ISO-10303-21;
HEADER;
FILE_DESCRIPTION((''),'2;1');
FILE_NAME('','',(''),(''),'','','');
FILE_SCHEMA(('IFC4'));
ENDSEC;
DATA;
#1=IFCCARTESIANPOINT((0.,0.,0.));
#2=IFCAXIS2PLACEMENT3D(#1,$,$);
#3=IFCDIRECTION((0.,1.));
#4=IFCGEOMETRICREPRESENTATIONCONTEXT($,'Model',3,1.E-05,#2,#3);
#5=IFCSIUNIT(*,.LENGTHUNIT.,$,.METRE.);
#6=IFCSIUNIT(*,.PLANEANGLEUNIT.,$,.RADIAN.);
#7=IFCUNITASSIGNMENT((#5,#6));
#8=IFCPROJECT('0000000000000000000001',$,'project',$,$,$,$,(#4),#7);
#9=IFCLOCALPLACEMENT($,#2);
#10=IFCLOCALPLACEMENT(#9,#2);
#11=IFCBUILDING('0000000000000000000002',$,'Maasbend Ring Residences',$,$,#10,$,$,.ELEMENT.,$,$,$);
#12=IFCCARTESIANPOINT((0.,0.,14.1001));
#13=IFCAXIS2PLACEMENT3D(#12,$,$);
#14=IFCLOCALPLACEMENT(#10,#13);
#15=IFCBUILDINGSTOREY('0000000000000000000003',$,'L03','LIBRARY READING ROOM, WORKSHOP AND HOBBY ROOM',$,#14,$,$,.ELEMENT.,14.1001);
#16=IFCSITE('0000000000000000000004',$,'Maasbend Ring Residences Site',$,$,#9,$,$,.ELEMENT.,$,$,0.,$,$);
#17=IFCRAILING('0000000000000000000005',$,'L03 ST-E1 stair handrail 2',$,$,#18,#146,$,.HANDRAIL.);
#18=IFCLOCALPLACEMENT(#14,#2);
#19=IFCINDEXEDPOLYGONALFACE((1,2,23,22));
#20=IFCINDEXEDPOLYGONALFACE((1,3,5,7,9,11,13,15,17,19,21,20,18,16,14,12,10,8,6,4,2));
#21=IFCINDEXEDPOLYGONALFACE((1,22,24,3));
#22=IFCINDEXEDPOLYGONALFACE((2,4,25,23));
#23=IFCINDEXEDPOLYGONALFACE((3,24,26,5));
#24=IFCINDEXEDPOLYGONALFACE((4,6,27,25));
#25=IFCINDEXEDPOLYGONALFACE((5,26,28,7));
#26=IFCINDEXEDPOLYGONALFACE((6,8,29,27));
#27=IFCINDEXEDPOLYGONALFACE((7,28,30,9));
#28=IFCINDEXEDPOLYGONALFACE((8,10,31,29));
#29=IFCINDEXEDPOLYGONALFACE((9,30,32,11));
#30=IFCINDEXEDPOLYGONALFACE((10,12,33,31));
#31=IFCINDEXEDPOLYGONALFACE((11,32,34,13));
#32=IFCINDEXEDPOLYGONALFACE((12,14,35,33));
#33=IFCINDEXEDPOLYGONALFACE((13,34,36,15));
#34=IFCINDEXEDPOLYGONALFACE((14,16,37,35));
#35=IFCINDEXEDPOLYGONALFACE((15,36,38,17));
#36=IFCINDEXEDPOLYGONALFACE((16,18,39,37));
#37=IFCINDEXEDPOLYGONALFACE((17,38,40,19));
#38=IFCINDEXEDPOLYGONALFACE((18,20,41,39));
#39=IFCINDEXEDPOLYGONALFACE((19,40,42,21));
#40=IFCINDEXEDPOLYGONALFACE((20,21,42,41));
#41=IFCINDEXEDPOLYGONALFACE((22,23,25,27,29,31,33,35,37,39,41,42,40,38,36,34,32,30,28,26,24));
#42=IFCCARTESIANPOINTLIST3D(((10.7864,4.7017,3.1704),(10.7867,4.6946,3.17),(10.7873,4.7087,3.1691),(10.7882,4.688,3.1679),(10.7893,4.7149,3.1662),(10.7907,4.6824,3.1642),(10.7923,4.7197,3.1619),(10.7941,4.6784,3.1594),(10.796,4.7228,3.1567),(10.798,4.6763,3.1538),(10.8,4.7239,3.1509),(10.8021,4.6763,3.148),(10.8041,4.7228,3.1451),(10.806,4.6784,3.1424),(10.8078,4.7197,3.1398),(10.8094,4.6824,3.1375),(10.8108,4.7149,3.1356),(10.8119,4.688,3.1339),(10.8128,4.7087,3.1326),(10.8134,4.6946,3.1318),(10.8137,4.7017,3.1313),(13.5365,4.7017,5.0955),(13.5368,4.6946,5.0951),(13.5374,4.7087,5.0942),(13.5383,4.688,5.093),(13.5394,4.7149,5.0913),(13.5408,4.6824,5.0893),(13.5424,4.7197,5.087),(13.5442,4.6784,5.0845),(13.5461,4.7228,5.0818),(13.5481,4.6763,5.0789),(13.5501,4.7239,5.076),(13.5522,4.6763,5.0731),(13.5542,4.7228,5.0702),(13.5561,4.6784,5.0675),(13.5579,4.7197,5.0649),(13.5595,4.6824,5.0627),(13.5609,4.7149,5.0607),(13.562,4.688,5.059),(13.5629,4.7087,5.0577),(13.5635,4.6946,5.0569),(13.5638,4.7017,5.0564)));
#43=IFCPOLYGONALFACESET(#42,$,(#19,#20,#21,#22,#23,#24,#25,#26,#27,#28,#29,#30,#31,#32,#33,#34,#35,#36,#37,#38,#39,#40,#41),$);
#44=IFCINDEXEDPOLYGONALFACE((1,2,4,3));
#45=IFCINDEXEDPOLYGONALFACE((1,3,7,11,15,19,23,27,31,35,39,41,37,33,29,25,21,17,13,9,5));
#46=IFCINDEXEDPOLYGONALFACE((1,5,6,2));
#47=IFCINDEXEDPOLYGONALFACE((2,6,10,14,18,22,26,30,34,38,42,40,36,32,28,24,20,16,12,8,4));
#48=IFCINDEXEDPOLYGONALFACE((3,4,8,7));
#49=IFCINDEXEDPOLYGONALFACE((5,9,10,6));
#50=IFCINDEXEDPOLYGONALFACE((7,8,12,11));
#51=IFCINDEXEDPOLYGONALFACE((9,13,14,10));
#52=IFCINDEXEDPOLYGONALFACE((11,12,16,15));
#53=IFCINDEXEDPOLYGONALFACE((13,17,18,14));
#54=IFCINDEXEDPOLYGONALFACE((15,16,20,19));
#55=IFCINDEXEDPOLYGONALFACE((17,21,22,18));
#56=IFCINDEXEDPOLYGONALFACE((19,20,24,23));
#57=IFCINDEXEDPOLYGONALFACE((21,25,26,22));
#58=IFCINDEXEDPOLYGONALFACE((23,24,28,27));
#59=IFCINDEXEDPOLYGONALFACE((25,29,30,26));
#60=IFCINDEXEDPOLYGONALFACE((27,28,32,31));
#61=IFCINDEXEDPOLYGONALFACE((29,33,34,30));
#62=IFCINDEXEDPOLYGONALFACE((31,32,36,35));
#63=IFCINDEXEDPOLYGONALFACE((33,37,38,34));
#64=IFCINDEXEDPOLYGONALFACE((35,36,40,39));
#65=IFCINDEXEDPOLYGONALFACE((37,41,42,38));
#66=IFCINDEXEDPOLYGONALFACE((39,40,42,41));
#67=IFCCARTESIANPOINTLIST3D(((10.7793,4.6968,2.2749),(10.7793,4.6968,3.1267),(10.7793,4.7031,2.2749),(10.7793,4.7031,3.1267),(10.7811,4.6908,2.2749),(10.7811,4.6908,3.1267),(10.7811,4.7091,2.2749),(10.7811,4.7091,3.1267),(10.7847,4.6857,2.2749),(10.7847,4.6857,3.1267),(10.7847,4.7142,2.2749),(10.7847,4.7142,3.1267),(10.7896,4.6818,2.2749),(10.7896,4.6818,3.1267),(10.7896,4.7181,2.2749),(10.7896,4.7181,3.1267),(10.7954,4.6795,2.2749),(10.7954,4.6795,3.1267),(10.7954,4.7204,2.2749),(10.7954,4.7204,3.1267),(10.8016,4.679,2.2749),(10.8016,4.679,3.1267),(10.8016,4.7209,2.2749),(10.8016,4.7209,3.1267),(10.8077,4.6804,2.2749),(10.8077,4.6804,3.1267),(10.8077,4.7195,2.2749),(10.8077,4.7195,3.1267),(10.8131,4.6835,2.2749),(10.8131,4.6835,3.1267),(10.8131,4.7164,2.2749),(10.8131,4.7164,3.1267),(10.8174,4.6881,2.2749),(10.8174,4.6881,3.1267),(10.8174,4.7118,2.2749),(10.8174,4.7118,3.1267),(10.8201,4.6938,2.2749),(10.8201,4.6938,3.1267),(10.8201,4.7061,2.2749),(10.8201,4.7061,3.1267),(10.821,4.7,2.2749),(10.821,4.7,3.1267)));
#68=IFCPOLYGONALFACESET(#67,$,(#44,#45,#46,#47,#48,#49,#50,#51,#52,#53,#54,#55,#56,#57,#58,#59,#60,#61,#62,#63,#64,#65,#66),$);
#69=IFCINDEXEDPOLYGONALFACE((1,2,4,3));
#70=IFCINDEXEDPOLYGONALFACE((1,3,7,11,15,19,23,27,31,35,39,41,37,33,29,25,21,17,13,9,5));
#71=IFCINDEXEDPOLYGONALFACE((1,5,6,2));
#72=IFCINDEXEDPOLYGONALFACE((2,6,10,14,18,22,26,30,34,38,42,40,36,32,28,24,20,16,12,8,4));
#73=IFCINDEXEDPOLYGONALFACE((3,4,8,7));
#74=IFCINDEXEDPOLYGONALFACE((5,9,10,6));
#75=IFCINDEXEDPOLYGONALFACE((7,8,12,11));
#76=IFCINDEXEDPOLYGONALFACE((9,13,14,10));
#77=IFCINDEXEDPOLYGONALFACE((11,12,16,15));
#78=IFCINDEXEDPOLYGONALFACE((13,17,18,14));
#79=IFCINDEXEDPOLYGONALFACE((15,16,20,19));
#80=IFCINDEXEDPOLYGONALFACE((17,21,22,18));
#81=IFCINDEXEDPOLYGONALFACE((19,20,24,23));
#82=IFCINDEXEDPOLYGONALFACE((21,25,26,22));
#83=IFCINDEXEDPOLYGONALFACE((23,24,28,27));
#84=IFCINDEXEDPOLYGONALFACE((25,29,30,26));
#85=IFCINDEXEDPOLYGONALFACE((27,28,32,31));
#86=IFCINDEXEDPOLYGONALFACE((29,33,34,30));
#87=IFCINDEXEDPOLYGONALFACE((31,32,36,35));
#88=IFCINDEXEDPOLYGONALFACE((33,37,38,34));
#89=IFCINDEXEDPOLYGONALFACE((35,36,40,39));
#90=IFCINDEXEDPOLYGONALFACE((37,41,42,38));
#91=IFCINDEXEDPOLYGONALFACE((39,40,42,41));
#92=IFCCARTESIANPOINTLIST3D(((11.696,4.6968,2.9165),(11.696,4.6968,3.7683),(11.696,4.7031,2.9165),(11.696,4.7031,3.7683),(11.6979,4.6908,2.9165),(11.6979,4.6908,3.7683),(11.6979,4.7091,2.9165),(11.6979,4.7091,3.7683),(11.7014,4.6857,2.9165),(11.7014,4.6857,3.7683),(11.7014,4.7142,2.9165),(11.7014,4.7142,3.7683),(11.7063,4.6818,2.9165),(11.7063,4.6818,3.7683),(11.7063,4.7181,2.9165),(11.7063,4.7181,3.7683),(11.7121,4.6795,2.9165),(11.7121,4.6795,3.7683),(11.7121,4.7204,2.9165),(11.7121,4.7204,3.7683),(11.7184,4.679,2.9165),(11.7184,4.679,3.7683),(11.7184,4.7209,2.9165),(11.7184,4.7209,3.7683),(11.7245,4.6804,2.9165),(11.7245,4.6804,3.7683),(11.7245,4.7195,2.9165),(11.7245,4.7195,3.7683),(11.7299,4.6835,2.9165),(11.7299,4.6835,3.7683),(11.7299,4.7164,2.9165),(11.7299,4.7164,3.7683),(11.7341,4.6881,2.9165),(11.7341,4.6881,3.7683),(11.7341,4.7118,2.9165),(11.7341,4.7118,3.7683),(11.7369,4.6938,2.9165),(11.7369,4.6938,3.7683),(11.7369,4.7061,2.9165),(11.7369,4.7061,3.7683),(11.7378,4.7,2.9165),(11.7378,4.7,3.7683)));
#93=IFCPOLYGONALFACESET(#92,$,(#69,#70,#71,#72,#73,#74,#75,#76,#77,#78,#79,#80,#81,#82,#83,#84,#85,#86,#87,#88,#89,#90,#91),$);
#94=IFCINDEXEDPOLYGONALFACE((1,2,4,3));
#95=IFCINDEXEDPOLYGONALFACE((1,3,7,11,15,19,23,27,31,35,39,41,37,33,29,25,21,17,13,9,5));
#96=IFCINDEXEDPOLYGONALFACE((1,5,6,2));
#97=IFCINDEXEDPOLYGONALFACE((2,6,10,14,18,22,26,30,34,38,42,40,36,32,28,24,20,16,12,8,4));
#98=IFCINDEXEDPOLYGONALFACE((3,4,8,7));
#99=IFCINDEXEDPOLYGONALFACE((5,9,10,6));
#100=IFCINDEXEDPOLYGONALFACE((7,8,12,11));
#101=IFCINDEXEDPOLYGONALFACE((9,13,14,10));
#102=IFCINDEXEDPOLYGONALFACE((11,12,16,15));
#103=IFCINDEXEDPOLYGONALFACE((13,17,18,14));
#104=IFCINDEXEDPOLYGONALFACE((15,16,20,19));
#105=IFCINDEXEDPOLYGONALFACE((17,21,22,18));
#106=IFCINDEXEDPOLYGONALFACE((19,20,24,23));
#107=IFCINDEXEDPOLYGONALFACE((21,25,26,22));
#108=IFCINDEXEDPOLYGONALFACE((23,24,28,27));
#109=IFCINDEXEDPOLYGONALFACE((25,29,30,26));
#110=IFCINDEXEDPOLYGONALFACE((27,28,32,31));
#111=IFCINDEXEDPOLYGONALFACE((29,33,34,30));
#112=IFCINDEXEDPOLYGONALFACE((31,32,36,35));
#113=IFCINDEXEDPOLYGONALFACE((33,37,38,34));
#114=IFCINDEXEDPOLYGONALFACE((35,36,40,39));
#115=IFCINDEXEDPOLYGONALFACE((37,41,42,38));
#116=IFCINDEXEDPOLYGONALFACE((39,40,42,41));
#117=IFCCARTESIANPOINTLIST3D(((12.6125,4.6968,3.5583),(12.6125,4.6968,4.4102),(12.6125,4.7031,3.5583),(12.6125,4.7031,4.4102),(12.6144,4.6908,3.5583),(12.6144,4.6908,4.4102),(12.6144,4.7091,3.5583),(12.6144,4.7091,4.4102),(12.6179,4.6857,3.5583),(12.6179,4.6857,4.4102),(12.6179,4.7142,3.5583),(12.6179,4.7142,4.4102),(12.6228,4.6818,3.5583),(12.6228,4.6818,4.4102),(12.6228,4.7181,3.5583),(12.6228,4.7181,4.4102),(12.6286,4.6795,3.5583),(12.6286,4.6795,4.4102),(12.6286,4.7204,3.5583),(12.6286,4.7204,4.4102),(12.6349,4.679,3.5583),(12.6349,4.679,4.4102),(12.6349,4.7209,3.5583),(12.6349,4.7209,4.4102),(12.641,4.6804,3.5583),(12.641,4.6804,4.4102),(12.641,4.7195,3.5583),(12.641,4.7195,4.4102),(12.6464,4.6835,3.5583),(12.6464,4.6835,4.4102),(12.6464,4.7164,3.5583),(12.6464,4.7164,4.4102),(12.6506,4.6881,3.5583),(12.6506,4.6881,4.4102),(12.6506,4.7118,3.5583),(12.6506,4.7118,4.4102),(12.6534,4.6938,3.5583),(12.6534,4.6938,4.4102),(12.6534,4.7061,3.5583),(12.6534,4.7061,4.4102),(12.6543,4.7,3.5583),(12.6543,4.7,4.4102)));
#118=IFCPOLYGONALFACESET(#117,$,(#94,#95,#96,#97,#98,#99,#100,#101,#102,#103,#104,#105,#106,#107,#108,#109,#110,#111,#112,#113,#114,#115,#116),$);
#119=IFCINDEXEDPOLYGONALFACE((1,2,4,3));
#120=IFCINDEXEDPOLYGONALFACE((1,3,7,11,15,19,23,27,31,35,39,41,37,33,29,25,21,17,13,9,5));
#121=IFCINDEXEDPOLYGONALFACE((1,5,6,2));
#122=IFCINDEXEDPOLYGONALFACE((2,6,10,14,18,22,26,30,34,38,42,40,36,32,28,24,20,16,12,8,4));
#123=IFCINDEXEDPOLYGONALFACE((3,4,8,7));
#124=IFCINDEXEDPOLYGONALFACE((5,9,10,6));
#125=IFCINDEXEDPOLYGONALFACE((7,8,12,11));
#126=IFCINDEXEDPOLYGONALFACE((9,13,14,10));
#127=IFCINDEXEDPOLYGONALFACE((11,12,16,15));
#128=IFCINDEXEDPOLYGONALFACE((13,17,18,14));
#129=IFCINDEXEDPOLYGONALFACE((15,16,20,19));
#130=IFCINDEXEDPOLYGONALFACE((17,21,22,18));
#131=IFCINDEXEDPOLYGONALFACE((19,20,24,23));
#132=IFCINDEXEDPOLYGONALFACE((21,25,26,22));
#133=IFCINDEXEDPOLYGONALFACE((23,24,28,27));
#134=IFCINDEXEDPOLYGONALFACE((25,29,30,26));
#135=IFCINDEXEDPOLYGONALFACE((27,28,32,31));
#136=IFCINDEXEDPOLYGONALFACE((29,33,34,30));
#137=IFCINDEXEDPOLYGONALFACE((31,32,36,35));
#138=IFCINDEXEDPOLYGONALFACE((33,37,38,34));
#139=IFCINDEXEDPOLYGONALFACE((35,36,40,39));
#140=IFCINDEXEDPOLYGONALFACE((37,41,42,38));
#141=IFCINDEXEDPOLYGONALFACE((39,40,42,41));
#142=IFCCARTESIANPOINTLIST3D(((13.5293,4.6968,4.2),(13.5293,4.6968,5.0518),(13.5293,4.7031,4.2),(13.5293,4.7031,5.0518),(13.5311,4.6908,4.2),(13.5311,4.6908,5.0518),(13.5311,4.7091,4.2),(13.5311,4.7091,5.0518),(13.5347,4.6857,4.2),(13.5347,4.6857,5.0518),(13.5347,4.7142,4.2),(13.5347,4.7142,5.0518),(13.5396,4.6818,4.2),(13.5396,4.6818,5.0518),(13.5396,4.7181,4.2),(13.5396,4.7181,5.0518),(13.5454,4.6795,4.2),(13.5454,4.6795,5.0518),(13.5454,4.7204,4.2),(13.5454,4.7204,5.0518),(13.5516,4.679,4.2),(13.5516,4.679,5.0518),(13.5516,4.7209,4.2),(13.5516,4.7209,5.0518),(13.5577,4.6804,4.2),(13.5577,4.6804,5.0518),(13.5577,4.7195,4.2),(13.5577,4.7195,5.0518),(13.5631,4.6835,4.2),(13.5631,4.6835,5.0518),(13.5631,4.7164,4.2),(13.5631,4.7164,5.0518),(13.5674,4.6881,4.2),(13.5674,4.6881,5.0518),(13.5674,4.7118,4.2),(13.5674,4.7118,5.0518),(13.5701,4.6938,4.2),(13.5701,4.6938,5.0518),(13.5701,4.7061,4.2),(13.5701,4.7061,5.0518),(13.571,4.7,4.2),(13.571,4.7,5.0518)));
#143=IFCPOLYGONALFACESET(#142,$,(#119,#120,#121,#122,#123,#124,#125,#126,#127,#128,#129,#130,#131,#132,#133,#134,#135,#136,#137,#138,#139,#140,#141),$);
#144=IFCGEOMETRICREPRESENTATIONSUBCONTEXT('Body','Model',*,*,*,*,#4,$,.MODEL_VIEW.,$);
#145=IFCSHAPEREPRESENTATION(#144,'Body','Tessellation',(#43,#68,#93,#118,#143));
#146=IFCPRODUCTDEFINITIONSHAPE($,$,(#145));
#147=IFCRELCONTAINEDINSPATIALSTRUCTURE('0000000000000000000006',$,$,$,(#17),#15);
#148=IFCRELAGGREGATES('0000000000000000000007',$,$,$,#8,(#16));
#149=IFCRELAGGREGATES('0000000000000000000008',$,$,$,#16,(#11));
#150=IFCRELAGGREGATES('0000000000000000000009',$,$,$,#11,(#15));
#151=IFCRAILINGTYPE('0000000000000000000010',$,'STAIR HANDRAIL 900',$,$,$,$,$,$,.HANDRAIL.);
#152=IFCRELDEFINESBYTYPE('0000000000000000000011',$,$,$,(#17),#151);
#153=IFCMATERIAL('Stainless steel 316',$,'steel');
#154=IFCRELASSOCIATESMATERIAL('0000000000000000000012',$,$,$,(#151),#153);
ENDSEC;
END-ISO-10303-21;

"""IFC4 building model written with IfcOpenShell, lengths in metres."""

from ifc_helpers import new_model, si_unit, direction, frame, origin, origin_2d, place, context, subcontext, project, spatial, circle, extrude, material, type_object, element, save


model = new_model("IFC4")

# Units and contexts
model_context = context("Model", 3, precision=1e-05, world=origin(), true_north=direction((0.0, 1.0)))
body_context = subcontext(model_context, "Body", "Model", "MODEL_VIEW")
ifc_project = project(units=[si_unit("LENGTHUNIT", "METRE"), si_unit("PLANEANGLEUNIT", "RADIAN")], contexts=[model_context])

# Site, building, storey
site_placement = place(None, origin())
site = spatial("IfcSite", under=ifc_project, at=site_placement, Name="Maasbend Ring Residences Site", CompositionType="ELEMENT", RefElevation=0.0)
building_placement = place(site_placement, origin())
building = spatial("IfcBuilding", under=site, at=building_placement, Name="Maasbend Ring Residences", CompositionType="ELEMENT")
storey_placement = place(building_placement, frame((0.0, 0.0, 14.1001)))
storey = spatial("IfcBuildingStorey", under=building, at=storey_placement, Name="L03", Description="LIBRARY READING ROOM, WORKSHOP AND HOBBY ROOM", CompositionType="ELEMENT", Elevation=14.1001)

# Railing
ifc_material_1 = material(Name="Stainless steel 316", Category="steel")
railing_type_1 = type_object("IfcRailingType", Name="STAIR HANDRAIL 900", PredefinedType="HANDRAIL", material=ifc_material_1)
railing_1_placement = place(storey_placement, frame((10.8, 4.7, 2.2749)))
element("IfcRailing", 1, at=railing_1_placement, inside=storey, type_object=railing_type_1, Name="L03 ST-E1 stair handrail 2", PredefinedType="HANDRAIL", context=body_context, shape_type="SweptSolid", body=[
    extrude(circle(Radius=0.0239, at=origin_2d()), frame((0.0, 0.0, 0.876), z_axis=(0.819225, 0.0, 0.573472), x_axis=(0.0, 1.0, 0.0)), (0.0, 0.0, 1.0), 3.3569),
    extrude(circle(Radius=0.021, at=origin_2d()), origin(), (0.0, 0.0, 1.0), 0.8518),
    extrude(circle(Radius=0.021, at=origin_2d()), frame((0.9167, 0.0, 0.6416)), (0.0, 0.0, 1.0), 0.8518),
    extrude(circle(Radius=0.021, at=origin_2d()), frame((1.8333, 0.0, 1.2834)), (0.0, 0.0, 1.0), 0.8518),
    extrude(circle(Radius=0.021, at=origin_2d()), frame((2.75, 0.0, 1.925)), (0.0, 0.0, 1.0), 0.8518),
])

save(model, "model.ifc")
